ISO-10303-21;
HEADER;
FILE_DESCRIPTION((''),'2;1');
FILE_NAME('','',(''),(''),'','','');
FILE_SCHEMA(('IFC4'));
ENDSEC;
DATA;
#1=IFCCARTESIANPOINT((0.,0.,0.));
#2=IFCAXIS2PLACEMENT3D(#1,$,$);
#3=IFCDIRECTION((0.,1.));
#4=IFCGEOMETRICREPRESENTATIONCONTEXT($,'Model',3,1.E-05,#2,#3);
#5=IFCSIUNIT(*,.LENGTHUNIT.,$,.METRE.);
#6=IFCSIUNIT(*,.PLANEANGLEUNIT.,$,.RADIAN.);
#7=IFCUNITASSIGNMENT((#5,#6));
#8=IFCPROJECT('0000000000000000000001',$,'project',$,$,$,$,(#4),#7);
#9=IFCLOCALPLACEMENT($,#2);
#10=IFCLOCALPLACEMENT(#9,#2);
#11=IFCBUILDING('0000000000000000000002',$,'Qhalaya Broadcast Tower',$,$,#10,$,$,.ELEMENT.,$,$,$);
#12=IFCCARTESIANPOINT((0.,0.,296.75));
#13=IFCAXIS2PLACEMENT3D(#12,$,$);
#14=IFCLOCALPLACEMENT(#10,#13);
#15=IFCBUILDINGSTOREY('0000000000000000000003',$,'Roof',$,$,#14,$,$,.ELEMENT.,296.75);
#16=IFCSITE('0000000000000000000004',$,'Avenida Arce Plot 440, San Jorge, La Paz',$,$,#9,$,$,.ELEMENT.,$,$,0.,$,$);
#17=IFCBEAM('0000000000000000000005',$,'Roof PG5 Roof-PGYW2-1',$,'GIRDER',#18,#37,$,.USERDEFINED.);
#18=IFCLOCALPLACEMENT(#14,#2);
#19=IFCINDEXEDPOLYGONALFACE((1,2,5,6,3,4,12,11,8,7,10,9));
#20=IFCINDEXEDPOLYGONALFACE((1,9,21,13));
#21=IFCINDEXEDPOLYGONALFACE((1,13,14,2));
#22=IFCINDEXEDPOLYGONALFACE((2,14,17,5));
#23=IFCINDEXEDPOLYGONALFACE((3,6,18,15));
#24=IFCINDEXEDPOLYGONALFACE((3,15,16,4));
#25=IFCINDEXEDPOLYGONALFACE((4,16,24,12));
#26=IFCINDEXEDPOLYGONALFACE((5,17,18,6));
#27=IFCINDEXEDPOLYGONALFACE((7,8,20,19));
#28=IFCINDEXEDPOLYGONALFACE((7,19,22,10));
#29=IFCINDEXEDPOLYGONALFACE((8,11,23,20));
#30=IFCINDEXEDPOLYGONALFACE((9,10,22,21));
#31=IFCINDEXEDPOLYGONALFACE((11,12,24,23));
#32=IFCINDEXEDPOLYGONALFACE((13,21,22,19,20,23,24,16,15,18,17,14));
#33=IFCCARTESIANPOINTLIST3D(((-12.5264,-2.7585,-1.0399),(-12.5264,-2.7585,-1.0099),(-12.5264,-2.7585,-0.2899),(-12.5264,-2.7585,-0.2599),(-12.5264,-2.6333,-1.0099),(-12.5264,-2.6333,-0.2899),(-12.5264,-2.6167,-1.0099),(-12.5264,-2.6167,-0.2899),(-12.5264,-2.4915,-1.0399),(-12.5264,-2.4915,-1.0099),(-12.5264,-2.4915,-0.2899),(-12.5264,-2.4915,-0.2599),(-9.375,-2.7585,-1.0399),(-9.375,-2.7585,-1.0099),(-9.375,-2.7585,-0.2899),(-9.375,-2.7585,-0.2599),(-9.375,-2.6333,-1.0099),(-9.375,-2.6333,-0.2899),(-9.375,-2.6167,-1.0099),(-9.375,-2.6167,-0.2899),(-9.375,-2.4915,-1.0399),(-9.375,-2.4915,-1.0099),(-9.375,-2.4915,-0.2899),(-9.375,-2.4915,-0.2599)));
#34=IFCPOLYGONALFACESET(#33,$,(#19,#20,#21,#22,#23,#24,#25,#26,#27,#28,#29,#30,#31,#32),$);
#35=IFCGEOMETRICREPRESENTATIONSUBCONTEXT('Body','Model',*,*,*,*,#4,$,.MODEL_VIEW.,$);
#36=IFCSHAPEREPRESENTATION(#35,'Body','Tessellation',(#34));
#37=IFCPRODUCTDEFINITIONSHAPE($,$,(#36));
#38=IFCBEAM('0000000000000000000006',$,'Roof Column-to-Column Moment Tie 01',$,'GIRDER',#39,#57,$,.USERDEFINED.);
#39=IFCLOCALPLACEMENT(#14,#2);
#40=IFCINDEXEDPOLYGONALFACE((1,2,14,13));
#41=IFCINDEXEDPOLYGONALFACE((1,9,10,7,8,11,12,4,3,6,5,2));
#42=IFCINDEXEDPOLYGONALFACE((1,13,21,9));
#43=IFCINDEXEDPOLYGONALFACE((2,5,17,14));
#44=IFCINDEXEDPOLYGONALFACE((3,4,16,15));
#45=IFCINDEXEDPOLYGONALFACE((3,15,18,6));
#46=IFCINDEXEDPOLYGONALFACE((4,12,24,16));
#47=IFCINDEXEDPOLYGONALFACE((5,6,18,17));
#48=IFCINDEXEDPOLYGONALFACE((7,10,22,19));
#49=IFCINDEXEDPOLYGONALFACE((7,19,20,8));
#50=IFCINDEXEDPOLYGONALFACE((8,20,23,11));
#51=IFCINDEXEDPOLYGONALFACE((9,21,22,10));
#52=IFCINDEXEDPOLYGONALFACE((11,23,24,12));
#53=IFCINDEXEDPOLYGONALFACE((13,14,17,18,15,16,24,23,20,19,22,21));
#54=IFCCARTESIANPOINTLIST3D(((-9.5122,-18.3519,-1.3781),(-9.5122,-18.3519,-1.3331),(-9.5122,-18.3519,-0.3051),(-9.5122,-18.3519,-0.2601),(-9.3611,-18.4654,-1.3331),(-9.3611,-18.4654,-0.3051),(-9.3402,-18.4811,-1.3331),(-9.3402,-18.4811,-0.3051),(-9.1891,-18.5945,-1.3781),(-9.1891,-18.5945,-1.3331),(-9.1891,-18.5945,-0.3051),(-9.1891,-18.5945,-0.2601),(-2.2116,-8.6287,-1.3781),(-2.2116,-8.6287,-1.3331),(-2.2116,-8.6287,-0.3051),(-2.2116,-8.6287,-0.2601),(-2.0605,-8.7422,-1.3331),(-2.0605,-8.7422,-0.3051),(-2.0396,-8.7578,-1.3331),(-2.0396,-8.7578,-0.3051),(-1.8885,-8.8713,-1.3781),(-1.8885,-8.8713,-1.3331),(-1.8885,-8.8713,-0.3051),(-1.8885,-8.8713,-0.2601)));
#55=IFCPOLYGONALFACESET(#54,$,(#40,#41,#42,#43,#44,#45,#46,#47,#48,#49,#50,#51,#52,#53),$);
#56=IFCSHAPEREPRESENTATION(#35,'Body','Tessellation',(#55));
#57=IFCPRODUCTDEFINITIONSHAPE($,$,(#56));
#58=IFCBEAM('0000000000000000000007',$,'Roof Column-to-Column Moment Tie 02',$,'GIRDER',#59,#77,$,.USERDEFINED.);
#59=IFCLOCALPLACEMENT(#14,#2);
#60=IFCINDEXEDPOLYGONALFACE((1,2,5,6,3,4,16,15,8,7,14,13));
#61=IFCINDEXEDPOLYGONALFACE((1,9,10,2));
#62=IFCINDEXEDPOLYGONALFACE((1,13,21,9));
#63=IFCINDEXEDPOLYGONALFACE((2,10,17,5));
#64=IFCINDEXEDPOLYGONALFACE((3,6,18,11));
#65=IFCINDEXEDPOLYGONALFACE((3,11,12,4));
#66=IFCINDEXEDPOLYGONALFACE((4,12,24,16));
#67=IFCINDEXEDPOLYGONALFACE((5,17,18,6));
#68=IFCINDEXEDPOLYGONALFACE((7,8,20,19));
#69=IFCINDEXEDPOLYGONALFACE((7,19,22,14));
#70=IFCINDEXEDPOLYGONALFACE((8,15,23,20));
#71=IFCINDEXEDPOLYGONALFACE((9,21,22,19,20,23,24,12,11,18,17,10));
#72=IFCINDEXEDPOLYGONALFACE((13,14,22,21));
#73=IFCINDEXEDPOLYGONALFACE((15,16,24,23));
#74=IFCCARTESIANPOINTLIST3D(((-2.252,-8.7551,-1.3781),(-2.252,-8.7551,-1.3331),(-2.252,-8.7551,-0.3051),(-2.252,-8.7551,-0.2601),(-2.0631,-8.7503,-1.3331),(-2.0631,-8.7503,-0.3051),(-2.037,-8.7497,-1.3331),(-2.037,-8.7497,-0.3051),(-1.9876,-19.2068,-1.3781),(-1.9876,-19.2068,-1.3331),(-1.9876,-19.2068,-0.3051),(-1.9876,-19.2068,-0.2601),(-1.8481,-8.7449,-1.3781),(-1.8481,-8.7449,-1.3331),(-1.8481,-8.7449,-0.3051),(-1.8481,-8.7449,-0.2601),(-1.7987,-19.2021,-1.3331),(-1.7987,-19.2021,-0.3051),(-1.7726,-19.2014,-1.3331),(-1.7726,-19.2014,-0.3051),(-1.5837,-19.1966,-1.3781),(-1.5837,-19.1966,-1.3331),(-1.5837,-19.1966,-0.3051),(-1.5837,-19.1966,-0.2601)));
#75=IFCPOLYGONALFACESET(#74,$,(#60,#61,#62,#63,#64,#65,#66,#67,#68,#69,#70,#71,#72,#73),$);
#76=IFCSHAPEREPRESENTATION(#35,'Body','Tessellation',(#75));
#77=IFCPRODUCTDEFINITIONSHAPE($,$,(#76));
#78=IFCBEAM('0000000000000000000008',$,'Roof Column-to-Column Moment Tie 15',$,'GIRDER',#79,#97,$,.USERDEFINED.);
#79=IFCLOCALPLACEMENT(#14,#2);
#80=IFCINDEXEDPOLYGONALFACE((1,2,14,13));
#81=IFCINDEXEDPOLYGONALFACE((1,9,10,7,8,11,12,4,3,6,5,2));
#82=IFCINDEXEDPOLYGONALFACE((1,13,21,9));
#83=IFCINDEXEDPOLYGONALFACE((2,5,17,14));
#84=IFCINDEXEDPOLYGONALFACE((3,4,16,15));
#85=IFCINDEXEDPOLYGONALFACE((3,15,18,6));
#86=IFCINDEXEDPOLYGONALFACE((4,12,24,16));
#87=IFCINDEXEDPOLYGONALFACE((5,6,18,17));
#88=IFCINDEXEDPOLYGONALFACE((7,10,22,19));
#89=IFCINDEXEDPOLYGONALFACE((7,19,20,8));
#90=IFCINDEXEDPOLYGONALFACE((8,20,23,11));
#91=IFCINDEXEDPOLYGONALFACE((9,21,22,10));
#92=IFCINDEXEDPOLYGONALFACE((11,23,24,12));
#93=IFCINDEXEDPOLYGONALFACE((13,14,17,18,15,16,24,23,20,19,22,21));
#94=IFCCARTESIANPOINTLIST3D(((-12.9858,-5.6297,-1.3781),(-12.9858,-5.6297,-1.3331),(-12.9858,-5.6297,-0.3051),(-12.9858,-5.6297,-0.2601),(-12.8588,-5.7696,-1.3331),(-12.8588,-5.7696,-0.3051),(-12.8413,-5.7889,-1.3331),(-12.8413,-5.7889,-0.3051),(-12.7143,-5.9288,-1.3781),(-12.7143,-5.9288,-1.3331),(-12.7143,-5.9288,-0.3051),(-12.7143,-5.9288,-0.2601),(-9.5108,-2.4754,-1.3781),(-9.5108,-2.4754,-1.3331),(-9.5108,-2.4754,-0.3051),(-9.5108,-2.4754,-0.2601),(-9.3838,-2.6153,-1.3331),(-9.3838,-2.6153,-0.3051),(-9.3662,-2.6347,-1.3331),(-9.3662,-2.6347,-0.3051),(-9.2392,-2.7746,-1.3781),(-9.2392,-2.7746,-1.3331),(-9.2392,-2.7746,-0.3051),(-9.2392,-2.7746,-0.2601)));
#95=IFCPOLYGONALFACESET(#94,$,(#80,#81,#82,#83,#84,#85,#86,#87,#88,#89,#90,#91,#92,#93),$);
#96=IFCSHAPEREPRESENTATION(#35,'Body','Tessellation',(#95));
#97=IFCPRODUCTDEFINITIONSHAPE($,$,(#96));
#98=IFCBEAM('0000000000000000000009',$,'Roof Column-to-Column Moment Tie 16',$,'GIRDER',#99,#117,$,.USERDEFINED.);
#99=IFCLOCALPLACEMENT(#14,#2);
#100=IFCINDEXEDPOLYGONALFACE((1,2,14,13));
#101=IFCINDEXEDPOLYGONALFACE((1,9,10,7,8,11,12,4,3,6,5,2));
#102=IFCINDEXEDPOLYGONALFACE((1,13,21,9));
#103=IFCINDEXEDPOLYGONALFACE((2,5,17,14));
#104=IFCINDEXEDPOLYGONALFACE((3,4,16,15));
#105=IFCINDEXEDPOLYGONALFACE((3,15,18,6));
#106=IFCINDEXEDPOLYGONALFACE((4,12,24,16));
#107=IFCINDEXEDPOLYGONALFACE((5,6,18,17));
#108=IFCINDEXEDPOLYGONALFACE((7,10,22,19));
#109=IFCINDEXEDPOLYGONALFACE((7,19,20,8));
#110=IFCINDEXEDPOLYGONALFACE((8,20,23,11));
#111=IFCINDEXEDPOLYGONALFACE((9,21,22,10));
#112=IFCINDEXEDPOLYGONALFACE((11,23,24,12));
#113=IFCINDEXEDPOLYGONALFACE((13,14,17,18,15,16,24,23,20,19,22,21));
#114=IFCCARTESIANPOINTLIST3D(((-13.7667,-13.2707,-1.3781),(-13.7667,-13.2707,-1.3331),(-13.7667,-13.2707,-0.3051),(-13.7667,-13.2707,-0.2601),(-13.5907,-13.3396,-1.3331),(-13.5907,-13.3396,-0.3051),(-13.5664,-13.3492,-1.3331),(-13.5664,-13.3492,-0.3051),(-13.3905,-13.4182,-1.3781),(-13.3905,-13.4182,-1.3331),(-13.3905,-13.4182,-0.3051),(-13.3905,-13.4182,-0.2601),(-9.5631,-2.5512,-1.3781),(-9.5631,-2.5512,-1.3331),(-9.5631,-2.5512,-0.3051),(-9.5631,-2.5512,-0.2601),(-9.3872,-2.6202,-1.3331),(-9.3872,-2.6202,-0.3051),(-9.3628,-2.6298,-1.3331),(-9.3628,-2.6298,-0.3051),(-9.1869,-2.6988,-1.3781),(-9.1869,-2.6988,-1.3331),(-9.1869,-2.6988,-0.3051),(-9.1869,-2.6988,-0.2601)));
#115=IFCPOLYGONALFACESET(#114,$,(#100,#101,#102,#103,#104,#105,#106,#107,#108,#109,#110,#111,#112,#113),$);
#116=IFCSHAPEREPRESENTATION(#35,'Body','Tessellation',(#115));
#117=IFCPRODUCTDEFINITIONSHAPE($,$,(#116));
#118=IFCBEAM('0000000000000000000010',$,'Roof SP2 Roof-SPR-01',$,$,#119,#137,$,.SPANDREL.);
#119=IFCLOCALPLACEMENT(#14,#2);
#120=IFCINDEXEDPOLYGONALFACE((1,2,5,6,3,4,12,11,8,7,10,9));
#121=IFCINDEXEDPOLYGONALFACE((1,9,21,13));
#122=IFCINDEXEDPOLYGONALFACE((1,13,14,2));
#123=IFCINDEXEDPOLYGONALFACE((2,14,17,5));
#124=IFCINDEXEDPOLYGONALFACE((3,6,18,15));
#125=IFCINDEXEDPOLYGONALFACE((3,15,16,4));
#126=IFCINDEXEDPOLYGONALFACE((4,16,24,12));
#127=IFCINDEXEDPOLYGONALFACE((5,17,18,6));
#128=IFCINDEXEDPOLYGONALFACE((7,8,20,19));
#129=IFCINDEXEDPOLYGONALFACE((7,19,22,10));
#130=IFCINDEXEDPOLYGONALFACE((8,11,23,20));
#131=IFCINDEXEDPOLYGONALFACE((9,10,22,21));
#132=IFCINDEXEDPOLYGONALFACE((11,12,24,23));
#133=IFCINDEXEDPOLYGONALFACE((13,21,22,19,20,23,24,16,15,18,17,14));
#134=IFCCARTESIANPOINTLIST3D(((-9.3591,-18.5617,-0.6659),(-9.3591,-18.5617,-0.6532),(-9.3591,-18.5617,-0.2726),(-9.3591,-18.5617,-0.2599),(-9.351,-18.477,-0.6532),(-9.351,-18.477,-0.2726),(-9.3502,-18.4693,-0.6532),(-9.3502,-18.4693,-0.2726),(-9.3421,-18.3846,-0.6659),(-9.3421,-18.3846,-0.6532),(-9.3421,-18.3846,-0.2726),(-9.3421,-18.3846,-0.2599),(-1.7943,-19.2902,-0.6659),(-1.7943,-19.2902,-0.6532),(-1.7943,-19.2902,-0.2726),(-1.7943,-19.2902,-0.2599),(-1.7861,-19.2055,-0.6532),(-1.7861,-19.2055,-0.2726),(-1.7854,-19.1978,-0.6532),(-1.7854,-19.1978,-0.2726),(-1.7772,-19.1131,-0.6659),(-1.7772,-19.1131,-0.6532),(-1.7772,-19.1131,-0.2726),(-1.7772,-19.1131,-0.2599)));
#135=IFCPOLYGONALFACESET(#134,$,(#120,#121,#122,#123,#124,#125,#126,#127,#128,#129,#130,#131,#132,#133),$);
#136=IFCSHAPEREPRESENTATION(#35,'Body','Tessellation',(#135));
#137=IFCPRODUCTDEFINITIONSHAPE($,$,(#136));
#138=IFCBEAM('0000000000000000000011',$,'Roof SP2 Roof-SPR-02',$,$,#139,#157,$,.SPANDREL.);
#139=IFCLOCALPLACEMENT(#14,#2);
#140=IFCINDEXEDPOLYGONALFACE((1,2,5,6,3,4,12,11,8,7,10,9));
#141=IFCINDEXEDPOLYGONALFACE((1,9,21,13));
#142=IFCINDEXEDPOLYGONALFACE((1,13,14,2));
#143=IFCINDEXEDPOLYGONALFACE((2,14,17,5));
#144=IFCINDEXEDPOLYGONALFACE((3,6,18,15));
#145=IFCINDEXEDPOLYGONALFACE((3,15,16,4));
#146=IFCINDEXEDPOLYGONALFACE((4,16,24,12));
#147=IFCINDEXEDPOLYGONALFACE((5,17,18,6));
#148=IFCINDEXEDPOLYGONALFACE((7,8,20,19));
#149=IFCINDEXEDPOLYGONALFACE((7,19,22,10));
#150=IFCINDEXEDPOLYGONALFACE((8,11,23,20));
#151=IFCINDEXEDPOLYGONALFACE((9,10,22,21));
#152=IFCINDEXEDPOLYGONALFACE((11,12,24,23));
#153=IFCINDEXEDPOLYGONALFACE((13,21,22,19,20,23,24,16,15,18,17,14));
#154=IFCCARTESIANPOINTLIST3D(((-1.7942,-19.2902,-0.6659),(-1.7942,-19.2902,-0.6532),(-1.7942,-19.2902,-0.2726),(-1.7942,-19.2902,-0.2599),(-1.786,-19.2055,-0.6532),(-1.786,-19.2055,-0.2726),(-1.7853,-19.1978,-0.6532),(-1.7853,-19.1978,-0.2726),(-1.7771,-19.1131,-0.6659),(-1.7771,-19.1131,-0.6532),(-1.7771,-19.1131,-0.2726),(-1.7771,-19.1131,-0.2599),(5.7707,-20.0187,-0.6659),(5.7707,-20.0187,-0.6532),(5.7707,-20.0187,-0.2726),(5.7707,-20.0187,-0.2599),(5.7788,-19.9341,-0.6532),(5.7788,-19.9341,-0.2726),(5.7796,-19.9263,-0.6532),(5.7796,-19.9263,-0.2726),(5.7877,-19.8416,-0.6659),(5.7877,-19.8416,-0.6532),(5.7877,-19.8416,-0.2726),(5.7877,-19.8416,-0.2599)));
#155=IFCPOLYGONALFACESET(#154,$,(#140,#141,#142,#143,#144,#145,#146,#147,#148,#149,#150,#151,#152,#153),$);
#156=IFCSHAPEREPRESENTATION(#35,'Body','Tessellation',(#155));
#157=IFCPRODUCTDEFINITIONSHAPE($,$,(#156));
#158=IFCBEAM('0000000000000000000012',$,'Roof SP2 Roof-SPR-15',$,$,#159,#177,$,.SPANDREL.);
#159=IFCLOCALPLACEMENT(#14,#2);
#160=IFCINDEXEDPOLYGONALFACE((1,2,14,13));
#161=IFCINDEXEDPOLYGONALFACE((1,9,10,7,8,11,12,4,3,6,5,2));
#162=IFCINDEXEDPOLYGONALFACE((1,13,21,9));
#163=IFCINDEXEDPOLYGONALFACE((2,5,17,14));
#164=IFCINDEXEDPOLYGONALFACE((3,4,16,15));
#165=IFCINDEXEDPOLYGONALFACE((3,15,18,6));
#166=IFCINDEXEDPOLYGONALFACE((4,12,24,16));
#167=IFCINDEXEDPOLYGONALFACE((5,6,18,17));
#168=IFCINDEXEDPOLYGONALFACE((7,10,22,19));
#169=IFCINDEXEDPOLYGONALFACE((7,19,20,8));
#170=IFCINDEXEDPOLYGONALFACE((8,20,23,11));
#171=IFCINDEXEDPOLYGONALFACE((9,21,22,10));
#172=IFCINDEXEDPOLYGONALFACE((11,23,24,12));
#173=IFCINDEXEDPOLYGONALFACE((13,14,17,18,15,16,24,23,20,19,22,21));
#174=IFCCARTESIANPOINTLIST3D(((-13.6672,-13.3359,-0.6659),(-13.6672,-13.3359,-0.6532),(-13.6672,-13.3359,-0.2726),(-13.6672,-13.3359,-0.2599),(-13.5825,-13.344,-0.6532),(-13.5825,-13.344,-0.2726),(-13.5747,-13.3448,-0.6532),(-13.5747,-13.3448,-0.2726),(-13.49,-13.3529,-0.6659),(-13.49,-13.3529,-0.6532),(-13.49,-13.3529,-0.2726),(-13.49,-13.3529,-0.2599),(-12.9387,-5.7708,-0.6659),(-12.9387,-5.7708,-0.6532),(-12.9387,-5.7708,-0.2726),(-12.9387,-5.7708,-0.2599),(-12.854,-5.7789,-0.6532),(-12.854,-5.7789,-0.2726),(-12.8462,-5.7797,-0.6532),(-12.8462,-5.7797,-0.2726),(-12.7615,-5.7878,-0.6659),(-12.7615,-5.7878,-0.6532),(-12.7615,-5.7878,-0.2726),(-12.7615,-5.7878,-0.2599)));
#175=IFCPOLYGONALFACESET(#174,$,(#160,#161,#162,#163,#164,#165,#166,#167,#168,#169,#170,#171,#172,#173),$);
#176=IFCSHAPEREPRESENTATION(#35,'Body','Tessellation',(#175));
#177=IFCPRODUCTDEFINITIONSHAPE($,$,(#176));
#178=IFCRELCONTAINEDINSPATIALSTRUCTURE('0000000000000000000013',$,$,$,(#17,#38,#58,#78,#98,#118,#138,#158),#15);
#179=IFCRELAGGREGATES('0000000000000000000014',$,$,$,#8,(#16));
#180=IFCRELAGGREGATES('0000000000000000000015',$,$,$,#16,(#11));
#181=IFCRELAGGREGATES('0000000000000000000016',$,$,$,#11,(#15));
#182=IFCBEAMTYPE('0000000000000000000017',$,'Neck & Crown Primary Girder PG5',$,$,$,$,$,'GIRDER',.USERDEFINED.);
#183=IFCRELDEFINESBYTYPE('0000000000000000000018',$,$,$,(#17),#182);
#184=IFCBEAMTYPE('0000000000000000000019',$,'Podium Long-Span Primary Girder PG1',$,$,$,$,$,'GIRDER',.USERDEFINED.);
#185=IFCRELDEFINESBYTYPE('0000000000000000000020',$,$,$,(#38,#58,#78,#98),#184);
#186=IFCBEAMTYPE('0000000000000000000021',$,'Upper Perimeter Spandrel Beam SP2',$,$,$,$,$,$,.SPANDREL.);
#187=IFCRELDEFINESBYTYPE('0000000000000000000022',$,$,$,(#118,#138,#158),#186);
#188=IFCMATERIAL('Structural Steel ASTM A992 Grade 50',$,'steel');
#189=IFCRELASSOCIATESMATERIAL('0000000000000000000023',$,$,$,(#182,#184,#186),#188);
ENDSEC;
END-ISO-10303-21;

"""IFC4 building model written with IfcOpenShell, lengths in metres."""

from ifc_helpers import new_model, si_unit, direction, frame, origin, origin_2d, place, context, subcontext, project, spatial, i_section, extrude, material, material_profile, profile_set, type_object, element, save


model = new_model("IFC4")

# Units and contexts
model_context = context("Model", 3, precision=1e-05, world=origin(), true_north=direction((0.0, 1.0)))
body_context = subcontext(model_context, "Body", "Model", "MODEL_VIEW")
ifc_project = project(units=[si_unit("LENGTHUNIT", "METRE"), si_unit("PLANEANGLEUNIT", "RADIAN")], contexts=[model_context])

# Site, building, storey
site_placement = place(None, origin())
site = spatial("IfcSite", under=ifc_project, at=site_placement, Name="Avenida Arce Plot 440, San Jorge, La Paz", CompositionType="ELEMENT", RefElevation=0.0)
building_placement = place(site_placement, origin())
building = spatial("IfcBuilding", under=site, at=building_placement, Name="Qhalaya Broadcast Tower", CompositionType="ELEMENT")
storey_placement = place(building_placement, frame((0.0, 0.0, 296.75)))
storey = spatial("IfcBuildingStorey", under=building, at=storey_placement, Name="Roof", CompositionType="ELEMENT", Elevation=296.75)

# Shared definitions
ifc_material_1 = material(Name="Structural Steel ASTM A992 Grade 50", Category="steel")

# Beams
ifc_material_profile_1 = material_profile(ifc_material_1, i_section(OverallWidth=0.2671, OverallDepth=0.78, WebThickness=0.0166, FlangeThickness=0.03, at=origin_2d()), Name="W30X148")
ifc_profile_set_1 = profile_set([ifc_material_profile_1], Name="Structural Steel ASTM A992 Grade 50")
beam_type_1 = type_object("IfcBeamType", Name="Neck & Crown Primary Girder PG5", ElementType="GIRDER", PredefinedType="USERDEFINED", material=ifc_profile_set_1)
beam_1_placement = place(storey_placement, frame((-12.5264, -2.625, -0.6499), z_axis=(1.0, 0.0, 0.0), x_axis=(0.0, 1.0, 0.0)))
element("IfcBeam", 1, at=beam_1_placement, inside=storey, type_object=beam_type_1, Name="Roof PG5 Roof-PGYW2-1", ObjectType="GIRDER", PredefinedType="USERDEFINED", context=body_context, shape_type="SweptSolid", body=[
    extrude(i_section(OverallWidth=0.2671, OverallDepth=0.78, WebThickness=0.0166, FlangeThickness=0.03, at=origin_2d()), origin(), (0.0, 0.0, 1.0), 3.1514),
])
ifc_material_profile_2 = material_profile(ifc_material_1, i_section(OverallWidth=0.4041, OverallDepth=1.1179, WebThickness=0.0261, FlangeThickness=0.0449, at=origin_2d()), Name="W44X335")
ifc_profile_set_2 = profile_set([ifc_material_profile_2], Name="Structural Steel ASTM A992 Grade 50")
beam_type_2 = type_object("IfcBeamType", Name="Podium Long-Span Primary Girder PG1", ElementType="GIRDER", PredefinedType="USERDEFINED", material=ifc_profile_set_2)
beam_2_placement = place(storey_placement, frame((-2.05, -8.75, -0.8191), z_axis=(-0.60043, -0.799677, 0.0), x_axis=(0.799677, -0.60043, 0.0)))
element("IfcBeam", 2, at=beam_2_placement, inside=storey, type_object=beam_type_2, Name="Roof Column-to-Column Moment Tie 01", ObjectType="GIRDER", PredefinedType="USERDEFINED", context=body_context, shape_type="SweptSolid", body=[
    extrude(i_section(OverallWidth=0.4041, OverallDepth=1.1179, WebThickness=0.0261, FlangeThickness=0.0449, at=origin_2d()), origin(), (0.0, 0.0, 1.0), 12.1589),
])
beam_3_placement = place(storey_placement, frame((-2.05, -8.75, -0.8191), z_axis=(0.02529, -0.99968, 0.0), x_axis=(0.99968, 0.02529, 0.0)))
element("IfcBeam", 3, at=beam_3_placement, inside=storey, type_object=beam_type_2, Name="Roof Column-to-Column Moment Tie 02", ObjectType="GIRDER", PredefinedType="USERDEFINED", context=body_context, shape_type="SweptSolid", body=[
    extrude(i_section(OverallWidth=0.4041, OverallDepth=1.1179, WebThickness=0.0261, FlangeThickness=0.0449, at=origin_2d()), origin(), (0.0, 0.0, 1.0), 10.4551),
])
beam_4_placement = place(storey_placement, frame((-9.375, -2.625, -0.8191), z_axis=(-0.740458, -0.672103, 0.0), x_axis=(0.672103, -0.740458, 0.0)))
element("IfcBeam", 4, at=beam_4_placement, inside=storey, type_object=beam_type_2, Name="Roof Column-to-Column Moment Tie 15", ObjectType="GIRDER", PredefinedType="USERDEFINED", context=body_context, shape_type="SweptSolid", body=[
    extrude(i_section(OverallWidth=0.4041, OverallDepth=1.1179, WebThickness=0.0261, FlangeThickness=0.0449, at=origin_2d()), origin(), (0.0, 0.0, 1.0), 4.6931),
])
beam_5_placement = place(storey_placement, frame((-9.375, -2.625, -0.8191), z_axis=(-0.36508, -0.930976, 0.0), x_axis=(0.930976, -0.36508, 0.0)))
element("IfcBeam", 5, at=beam_5_placement, inside=storey, type_object=beam_type_2, Name="Roof Column-to-Column Moment Tie 16", ObjectType="GIRDER", PredefinedType="USERDEFINED", context=body_context, shape_type="SweptSolid", body=[
    extrude(i_section(OverallWidth=0.4041, OverallDepth=1.1179, WebThickness=0.0261, FlangeThickness=0.0449, at=origin_2d()), origin(), (0.0, 0.0, 1.0), 11.5142),
])
ifc_material_profile_3 = material_profile(ifc_material_1, i_section(OverallWidth=0.178, OverallDepth=0.406, WebThickness=0.0078, FlangeThickness=0.0127, at=origin_2d()), Name="W16X40")
ifc_profile_set_3 = profile_set([ifc_material_profile_3], Name="Structural Steel ASTM A992 Grade 50")
beam_type_3 = type_object("IfcBeamType", Name="Upper Perimeter Spandrel Beam SP2", PredefinedType="SPANDREL", material=ifc_profile_set_3)
for number, where, z_axis, x_axis, name in (
    (6, (-9.3506, -18.4731, -0.4629), (0.995395, -0.095858, 0.0), (0.095858, 0.995395, 0.0), "Roof SP2 Roof-SPR-01"),
    (7, (-1.7856, -19.2017, -0.4629), (0.995395, -0.095858, 0.0), (0.095858, 0.995395, 0.0), "Roof SP2 Roof-SPR-02"),
):
    element("IfcBeam", number, at=place(storey_placement, frame(where, z_axis=z_axis, x_axis=x_axis)), inside=storey, type_object=beam_type_3, Name=name, PredefinedType="SPANDREL", context=body_context, shape_type="SweptSolid", body=[
        extrude(i_section(OverallWidth=0.178, OverallDepth=0.406, WebThickness=0.0078, FlangeThickness=0.0127, at=origin_2d()), origin(), (0.0, 0.0, 1.0), 7.5999),
    ])
beam_6_placement = place(storey_placement, frame((-12.8501, -5.7793, -0.4629), z_axis=(-0.095855, -0.995395, 0.0), x_axis=(0.995395, -0.095855, 0.0)))
element("IfcBeam", 8, at=beam_6_placement, inside=storey, type_object=beam_type_3, Name="Roof SP2 Roof-SPR-15", PredefinedType="SPANDREL", context=body_context, shape_type="SweptSolid", body=[
    extrude(i_section(OverallWidth=0.178, OverallDepth=0.406, WebThickness=0.0078, FlangeThickness=0.0127, at=origin_2d()), origin(), (0.0, 0.0, 1.0), 7.6001),
])

save(model, "model.ifc")
